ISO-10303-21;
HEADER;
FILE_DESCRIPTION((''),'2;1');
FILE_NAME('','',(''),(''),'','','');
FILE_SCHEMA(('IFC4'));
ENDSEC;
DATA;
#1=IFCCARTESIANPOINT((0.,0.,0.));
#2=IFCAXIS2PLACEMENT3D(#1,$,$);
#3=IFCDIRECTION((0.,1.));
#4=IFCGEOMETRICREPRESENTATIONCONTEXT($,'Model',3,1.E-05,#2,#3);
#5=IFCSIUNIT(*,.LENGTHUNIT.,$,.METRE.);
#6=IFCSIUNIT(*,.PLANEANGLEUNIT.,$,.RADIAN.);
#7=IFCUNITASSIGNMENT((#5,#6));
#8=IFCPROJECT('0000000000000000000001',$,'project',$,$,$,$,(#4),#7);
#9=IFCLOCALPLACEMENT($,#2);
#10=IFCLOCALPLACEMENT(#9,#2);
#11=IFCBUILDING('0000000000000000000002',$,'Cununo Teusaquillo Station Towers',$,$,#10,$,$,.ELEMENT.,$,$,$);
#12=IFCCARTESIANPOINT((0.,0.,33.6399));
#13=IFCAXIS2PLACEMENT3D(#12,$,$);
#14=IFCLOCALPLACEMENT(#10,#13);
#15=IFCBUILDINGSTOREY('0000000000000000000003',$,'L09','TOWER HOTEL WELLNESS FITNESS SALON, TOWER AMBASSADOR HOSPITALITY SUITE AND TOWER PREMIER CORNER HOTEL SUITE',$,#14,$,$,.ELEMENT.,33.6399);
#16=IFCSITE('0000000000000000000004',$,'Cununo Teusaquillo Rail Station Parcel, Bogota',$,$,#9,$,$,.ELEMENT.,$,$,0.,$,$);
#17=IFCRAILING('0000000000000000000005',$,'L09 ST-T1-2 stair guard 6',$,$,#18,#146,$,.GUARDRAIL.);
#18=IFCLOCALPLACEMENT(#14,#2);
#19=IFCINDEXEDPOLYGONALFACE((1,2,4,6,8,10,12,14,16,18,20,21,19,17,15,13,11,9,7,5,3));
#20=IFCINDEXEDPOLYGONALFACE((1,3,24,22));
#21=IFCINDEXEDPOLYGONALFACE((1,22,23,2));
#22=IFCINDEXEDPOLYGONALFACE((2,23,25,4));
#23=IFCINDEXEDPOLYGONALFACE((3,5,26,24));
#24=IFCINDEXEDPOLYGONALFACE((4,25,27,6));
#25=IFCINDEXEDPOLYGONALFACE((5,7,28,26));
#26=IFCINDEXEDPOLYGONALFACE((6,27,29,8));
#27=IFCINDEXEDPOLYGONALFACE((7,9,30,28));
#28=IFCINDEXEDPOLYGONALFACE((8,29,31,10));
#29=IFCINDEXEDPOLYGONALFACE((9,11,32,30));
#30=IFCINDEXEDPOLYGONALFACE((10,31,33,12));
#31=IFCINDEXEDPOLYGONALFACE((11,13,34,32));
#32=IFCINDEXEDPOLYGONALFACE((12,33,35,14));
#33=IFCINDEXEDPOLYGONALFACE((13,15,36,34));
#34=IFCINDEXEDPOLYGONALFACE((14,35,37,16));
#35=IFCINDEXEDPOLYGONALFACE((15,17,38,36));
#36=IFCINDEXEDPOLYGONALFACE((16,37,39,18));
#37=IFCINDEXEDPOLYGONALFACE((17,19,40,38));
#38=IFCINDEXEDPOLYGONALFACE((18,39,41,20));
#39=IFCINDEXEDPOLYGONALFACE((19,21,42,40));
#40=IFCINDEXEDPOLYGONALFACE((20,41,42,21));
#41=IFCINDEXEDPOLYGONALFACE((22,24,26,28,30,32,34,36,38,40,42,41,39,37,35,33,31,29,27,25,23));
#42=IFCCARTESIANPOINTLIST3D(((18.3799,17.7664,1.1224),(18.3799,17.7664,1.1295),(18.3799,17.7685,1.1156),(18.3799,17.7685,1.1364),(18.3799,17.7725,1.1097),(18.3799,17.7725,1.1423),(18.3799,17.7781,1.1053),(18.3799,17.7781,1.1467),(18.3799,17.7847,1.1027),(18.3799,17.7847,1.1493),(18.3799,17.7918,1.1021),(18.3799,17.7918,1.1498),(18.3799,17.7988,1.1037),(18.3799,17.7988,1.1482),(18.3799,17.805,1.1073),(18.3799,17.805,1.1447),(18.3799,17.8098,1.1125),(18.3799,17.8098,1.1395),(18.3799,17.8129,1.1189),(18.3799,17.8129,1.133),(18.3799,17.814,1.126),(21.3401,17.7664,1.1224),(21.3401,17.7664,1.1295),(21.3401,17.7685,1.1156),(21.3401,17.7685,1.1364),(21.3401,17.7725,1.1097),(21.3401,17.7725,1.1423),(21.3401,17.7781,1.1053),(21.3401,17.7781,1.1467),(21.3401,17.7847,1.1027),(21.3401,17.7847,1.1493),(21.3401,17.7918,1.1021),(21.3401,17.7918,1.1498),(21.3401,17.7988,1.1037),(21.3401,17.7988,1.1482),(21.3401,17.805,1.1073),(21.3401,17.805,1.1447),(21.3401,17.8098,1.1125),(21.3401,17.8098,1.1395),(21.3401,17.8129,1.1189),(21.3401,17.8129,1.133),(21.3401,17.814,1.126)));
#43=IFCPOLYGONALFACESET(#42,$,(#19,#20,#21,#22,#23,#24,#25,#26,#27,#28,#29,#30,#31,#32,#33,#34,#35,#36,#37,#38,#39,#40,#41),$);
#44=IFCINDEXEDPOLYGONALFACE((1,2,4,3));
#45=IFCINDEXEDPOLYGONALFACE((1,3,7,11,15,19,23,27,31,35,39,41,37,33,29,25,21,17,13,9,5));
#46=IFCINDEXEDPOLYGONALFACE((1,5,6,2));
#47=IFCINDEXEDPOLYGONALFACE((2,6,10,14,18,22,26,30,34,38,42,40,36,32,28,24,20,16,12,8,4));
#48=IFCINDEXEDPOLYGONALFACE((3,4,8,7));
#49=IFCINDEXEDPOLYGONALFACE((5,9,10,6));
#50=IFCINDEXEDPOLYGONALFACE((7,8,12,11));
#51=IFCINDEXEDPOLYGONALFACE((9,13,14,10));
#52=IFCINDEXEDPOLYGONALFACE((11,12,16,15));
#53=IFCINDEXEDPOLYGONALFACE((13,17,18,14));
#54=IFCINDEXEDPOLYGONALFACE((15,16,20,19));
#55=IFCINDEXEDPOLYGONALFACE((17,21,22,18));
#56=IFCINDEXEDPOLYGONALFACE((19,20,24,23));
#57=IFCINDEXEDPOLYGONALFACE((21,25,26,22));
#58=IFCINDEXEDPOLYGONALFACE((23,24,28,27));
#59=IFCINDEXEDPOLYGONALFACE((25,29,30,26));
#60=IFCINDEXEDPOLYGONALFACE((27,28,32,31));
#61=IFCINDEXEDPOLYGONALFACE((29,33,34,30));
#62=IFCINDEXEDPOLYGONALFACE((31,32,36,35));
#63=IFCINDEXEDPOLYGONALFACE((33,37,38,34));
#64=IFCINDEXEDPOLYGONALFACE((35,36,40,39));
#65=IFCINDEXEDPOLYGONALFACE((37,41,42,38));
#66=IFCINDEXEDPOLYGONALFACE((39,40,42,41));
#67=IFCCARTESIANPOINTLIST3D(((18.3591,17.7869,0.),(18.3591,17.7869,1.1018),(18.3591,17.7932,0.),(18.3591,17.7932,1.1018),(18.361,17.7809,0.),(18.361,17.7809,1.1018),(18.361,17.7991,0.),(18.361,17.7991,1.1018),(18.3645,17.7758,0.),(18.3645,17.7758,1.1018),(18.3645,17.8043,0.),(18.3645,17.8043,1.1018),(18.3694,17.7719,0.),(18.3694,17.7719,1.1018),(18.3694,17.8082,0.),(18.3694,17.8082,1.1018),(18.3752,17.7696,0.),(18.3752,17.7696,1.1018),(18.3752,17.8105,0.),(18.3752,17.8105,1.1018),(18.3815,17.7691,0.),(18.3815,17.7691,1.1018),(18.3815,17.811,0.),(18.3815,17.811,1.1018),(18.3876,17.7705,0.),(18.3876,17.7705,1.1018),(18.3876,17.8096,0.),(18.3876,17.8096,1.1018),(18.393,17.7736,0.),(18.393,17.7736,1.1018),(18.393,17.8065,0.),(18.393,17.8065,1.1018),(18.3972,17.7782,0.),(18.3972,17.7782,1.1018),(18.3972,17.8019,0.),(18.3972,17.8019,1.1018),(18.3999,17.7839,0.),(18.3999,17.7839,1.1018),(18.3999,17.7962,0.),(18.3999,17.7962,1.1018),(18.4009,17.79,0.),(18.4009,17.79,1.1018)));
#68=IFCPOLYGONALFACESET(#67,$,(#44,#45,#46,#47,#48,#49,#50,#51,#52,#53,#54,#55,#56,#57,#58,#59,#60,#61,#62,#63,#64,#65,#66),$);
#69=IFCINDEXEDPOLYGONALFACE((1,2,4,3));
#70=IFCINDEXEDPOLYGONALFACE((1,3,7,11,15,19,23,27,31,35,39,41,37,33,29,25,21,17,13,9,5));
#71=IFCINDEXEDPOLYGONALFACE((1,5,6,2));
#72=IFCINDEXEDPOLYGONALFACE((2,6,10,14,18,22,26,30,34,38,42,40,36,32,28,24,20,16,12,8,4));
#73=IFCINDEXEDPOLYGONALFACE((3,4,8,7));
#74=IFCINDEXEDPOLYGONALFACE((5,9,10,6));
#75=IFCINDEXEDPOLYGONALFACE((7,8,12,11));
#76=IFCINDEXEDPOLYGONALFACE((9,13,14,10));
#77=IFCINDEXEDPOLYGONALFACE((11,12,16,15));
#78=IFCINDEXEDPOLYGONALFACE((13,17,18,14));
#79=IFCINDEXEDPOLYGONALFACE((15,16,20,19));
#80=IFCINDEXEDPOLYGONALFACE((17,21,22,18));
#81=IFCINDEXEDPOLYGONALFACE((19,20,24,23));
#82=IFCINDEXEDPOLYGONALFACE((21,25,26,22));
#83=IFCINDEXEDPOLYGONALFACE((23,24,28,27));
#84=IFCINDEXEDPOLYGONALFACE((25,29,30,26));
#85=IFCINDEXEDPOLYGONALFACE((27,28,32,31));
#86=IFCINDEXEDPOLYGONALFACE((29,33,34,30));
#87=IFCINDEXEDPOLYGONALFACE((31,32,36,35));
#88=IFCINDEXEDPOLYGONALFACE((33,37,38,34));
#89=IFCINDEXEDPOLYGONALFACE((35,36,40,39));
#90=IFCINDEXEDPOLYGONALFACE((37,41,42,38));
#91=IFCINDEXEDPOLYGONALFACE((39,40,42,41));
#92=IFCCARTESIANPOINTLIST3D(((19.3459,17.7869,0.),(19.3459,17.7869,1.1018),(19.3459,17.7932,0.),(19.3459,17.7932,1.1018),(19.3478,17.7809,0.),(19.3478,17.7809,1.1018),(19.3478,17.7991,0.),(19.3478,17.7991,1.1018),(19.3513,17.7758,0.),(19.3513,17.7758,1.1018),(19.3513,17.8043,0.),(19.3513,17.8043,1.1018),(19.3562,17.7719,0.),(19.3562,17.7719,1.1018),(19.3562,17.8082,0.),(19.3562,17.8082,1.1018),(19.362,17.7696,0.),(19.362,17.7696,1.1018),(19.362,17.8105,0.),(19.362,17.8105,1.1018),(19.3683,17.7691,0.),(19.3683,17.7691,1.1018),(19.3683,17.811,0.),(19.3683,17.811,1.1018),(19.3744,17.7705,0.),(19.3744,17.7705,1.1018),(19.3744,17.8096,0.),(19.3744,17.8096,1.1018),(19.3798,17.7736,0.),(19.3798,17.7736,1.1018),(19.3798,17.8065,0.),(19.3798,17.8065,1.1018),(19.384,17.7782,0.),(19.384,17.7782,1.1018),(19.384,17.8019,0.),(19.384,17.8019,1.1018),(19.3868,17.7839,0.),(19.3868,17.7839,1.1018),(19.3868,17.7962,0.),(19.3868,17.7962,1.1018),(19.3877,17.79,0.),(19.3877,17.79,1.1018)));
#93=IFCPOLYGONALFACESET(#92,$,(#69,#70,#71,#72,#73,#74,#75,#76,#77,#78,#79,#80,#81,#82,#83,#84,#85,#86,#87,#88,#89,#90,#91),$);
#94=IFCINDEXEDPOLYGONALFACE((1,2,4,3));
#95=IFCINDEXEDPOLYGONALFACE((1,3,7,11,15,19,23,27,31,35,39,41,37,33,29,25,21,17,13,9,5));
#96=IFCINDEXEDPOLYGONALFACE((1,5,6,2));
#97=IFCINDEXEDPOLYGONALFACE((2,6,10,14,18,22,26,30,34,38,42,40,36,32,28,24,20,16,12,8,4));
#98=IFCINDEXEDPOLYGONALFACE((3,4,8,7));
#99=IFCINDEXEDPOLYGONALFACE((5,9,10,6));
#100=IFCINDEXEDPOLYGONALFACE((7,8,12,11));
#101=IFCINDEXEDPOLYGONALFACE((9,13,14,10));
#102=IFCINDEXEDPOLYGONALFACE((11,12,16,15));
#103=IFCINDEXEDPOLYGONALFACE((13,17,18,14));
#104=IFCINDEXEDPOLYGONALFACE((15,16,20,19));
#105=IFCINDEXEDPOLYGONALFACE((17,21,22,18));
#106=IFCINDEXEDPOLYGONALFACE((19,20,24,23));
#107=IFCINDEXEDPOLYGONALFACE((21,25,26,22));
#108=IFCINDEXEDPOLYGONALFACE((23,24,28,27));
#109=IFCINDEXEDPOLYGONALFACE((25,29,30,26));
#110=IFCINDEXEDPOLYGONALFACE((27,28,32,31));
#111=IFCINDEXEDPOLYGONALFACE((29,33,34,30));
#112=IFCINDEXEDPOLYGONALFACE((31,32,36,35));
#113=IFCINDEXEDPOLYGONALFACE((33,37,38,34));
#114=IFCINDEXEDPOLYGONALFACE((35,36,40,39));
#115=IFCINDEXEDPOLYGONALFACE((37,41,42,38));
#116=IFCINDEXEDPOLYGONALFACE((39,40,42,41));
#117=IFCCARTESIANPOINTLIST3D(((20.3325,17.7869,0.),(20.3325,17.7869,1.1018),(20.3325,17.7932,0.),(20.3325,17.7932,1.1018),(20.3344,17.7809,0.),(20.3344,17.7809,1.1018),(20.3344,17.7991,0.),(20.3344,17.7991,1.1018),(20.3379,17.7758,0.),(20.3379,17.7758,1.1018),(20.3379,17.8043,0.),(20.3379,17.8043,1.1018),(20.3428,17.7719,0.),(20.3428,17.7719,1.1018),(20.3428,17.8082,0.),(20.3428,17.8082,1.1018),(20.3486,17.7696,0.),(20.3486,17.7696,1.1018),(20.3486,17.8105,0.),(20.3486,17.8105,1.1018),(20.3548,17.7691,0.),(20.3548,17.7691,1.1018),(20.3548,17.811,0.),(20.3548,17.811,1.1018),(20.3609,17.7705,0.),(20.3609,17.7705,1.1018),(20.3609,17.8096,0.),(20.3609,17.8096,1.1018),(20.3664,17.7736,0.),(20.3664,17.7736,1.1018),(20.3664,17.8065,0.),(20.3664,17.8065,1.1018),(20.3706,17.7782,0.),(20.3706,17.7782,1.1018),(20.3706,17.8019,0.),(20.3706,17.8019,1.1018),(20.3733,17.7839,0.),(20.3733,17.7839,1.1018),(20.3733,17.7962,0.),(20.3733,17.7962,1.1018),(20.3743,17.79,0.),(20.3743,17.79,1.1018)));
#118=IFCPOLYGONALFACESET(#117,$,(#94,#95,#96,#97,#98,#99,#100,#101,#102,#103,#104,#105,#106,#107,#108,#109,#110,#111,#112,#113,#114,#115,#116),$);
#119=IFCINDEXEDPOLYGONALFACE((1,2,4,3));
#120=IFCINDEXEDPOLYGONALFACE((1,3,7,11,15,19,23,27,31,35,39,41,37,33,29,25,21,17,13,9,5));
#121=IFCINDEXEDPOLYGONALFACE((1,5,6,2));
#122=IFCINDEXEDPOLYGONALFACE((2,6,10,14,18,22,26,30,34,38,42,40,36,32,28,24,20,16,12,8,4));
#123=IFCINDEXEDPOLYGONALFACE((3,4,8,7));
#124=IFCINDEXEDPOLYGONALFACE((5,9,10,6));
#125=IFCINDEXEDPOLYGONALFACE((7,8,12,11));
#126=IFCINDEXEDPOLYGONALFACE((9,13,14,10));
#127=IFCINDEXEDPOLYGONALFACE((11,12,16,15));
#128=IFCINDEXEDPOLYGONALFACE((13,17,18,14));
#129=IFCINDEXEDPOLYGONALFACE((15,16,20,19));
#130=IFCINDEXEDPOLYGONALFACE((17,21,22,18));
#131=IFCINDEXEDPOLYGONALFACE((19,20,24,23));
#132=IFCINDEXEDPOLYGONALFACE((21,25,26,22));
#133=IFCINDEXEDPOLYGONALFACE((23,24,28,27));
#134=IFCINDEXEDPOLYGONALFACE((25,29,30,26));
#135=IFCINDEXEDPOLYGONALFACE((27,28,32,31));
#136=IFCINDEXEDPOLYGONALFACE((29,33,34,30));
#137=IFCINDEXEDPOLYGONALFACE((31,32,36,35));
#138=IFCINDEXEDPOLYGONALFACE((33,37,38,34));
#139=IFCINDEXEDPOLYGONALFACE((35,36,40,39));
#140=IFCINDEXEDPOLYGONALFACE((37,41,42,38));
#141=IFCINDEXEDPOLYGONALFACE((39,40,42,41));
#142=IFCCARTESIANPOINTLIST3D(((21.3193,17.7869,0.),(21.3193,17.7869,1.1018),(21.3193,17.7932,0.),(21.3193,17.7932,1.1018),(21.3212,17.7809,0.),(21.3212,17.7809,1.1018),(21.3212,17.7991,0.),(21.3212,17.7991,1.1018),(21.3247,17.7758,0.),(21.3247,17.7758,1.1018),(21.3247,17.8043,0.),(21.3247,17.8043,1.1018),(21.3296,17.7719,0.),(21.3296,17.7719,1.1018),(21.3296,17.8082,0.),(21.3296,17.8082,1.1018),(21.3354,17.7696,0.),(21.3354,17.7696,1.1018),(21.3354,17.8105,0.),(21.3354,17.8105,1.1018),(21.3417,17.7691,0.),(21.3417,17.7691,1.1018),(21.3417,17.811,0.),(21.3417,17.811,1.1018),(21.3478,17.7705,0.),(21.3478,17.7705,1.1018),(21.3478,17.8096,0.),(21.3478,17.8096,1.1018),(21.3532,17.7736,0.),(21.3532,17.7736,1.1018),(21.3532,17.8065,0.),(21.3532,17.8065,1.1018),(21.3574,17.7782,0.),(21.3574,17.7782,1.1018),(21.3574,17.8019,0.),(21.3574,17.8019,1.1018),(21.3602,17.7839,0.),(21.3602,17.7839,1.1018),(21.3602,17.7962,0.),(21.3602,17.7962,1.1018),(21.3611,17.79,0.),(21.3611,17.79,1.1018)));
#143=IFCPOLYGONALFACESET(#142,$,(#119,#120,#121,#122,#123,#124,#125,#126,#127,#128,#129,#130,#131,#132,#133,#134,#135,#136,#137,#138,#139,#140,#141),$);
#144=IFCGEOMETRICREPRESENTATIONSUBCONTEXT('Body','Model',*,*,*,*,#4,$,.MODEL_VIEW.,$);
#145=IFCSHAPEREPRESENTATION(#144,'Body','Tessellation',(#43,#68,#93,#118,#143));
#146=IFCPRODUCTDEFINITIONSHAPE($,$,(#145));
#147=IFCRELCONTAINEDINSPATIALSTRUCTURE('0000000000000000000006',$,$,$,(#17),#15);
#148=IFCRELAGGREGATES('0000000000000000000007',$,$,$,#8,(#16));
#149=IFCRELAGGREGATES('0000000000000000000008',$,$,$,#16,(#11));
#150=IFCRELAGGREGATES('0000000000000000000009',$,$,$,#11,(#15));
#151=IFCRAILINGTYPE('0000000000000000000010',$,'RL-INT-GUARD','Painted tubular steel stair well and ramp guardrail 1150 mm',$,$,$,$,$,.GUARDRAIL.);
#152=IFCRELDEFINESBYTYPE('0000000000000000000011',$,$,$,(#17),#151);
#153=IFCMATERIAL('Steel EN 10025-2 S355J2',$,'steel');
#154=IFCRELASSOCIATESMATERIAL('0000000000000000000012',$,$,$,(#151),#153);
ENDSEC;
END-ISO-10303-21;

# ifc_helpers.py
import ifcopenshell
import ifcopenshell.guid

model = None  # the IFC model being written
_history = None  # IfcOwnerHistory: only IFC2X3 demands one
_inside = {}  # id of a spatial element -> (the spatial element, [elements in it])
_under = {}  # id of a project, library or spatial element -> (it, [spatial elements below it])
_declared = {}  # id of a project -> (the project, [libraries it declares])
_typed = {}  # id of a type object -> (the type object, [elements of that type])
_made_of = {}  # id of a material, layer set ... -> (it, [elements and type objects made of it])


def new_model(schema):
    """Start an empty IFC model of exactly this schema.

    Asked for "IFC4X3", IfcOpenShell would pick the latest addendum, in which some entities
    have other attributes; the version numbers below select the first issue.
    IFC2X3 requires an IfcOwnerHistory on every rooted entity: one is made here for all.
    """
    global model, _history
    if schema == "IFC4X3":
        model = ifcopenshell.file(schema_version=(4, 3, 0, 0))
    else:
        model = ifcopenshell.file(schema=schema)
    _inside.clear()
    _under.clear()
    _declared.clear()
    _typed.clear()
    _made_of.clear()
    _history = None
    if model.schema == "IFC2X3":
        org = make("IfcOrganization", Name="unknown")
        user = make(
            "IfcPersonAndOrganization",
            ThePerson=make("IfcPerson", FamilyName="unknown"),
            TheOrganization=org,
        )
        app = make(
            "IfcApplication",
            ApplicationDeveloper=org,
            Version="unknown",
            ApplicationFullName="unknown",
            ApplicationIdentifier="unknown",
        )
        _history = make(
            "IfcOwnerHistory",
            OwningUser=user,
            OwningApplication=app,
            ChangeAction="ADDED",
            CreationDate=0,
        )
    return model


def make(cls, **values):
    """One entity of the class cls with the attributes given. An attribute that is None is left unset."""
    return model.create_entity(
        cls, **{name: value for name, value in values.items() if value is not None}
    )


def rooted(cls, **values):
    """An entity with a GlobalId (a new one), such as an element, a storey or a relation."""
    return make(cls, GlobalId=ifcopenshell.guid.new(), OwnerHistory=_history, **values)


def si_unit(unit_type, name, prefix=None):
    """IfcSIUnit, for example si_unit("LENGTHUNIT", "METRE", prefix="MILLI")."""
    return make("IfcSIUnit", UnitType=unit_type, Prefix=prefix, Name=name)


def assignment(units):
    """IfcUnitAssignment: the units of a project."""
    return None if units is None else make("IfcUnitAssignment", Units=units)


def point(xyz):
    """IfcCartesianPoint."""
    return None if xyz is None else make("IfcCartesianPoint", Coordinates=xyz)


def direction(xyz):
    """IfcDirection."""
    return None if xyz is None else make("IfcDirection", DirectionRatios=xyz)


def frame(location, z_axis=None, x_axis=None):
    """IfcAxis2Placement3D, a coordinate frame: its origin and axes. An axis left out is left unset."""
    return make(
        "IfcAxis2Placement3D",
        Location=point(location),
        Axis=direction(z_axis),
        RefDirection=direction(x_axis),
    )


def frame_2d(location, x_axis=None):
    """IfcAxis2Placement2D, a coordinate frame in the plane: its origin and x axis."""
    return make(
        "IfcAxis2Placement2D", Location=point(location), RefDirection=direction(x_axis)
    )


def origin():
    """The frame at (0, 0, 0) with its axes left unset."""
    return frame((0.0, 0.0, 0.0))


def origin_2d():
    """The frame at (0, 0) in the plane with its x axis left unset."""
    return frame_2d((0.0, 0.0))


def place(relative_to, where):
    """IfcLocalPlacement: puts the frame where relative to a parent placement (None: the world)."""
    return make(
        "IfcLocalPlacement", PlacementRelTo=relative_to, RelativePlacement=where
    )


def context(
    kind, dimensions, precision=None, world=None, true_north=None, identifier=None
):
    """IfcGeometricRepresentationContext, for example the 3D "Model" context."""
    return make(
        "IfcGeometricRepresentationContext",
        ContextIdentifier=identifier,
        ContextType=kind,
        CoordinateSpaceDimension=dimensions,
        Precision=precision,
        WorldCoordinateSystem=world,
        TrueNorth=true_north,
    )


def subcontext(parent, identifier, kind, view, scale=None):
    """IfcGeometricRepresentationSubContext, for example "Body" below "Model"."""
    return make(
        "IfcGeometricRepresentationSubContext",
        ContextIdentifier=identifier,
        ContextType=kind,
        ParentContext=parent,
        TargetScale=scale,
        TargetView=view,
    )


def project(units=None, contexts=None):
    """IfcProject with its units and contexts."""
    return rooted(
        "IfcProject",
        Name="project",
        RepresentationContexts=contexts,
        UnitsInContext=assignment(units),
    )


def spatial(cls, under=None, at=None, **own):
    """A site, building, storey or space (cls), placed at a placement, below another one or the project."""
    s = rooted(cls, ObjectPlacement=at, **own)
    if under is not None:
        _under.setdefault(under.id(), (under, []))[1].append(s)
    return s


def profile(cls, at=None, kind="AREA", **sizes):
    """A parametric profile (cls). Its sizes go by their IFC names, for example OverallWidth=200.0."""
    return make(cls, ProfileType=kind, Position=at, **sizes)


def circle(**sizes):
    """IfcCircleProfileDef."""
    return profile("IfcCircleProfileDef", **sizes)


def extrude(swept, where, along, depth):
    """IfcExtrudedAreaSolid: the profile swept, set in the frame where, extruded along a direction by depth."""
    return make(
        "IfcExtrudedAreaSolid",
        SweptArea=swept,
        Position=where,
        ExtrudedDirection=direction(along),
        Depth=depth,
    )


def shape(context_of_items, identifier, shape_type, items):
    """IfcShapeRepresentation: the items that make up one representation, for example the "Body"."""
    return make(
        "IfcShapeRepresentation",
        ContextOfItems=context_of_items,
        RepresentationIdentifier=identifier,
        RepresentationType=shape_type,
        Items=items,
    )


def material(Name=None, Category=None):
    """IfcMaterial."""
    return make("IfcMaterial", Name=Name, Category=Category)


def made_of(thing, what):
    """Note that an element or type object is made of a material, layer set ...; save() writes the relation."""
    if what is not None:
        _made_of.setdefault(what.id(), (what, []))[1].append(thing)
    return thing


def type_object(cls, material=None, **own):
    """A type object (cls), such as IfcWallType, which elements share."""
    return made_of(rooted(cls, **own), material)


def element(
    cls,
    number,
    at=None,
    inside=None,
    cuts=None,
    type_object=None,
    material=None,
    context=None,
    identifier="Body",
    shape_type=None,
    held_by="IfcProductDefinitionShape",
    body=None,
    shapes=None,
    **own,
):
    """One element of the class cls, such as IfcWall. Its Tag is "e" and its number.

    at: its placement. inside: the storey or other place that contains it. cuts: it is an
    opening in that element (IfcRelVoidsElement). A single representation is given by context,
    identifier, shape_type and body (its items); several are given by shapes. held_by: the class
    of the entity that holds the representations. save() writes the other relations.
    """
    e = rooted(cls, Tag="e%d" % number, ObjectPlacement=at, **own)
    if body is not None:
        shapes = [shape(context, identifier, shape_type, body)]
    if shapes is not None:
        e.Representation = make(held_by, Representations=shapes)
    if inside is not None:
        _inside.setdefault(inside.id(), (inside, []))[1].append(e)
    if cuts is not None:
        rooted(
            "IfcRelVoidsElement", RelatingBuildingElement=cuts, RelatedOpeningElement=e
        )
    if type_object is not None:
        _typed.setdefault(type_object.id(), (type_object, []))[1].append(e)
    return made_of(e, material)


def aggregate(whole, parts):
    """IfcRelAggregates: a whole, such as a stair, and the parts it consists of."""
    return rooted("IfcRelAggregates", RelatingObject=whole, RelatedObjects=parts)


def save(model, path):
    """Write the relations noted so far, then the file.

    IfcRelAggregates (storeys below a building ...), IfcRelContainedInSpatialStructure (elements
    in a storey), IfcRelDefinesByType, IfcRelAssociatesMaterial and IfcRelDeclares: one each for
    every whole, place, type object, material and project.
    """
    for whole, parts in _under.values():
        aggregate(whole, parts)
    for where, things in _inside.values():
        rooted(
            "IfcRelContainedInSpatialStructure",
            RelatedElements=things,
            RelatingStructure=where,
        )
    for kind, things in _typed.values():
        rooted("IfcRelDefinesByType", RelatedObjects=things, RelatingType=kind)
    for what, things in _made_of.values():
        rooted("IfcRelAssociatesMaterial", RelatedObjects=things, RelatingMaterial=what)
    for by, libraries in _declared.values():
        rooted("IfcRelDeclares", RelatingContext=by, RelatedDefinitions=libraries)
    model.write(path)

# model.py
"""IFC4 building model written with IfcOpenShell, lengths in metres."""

from ifc_helpers import new_model, si_unit, direction, frame, origin, origin_2d, place, context, subcontext, project, spatial, circle, extrude, material, type_object, element, save


model = new_model("IFC4")

# Units and contexts
model_context = context("Model", 3, precision=1e-05, world=origin(), true_north=direction((0.0, 1.0)))
body_context = subcontext(model_context, "Body", "Model", "MODEL_VIEW")
ifc_project = project(units=[si_unit("LENGTHUNIT", "METRE"), si_unit("PLANEANGLEUNIT", "RADIAN")], contexts=[model_context])

# Site, building, storey
site_placement = place(None, origin())
site = spatial("IfcSite", under=ifc_project, at=site_placement, Name="Cununo Teusaquillo Rail Station Parcel, Bogota", CompositionType="ELEMENT", RefElevation=0.0)
building_placement = place(site_placement, origin())
building = spatial("IfcBuilding", under=site, at=building_placement, Name="Cununo Teusaquillo Station Towers", CompositionType="ELEMENT")
storey_placement = place(building_placement, frame((0.0, 0.0, 33.6399)))
storey = spatial("IfcBuildingStorey", under=building, at=storey_placement, Name="L09", Description="TOWER HOTEL WELLNESS FITNESS SALON, TOWER AMBASSADOR HOSPITALITY SUITE AND TOWER PREMIER CORNER HOTEL SUITE", CompositionType="ELEMENT", Elevation=33.6399)

# Railing
ifc_material_1 = material(Name="Steel EN 10025-2 S355J2", Category="steel")
railing_type_1 = type_object("IfcRailingType", Name="RL-INT-GUARD", Description="Painted tubular steel stair well and ramp guardrail 1150 mm", PredefinedType="GUARDRAIL", material=ifc_material_1)
railing_1_placement = place(storey_placement, frame((18.3799, 17.79, 0.0)))
element("IfcRailing", 1, at=railing_1_placement, inside=storey, type_object=railing_type_1, Name="L09 ST-T1-2 stair guard 6", PredefinedType="GUARDRAIL", context=body_context, shape_type="SweptSolid", body=[
    extrude(circle(Radius=0.0239, at=origin_2d()), frame((0.0, 0.0, 1.126), z_axis=(1.0, 0.0, 0.0), x_axis=(0.0, 1.0, 0.0)), (0.0, 0.0, 1.0), 2.9602),
    extrude(circle(Radius=0.021, at=origin_2d()), origin(), (0.0, 0.0, 1.0), 1.1018),
    extrude(circle(Radius=0.021, at=origin_2d()), frame((0.9868, 0.0, 0.0)), (0.0, 0.0, 1.0), 1.1018),
    extrude(circle(Radius=0.021, at=origin_2d()), frame((1.9734, 0.0, 0.0)), (0.0, 0.0, 1.0), 1.1018),
    extrude(circle(Radius=0.021, at=origin_2d()), frame((2.9602, 0.0, 0.0)), (0.0, 0.0, 1.0), 1.1018),
])

save(model, "model.ifc")
